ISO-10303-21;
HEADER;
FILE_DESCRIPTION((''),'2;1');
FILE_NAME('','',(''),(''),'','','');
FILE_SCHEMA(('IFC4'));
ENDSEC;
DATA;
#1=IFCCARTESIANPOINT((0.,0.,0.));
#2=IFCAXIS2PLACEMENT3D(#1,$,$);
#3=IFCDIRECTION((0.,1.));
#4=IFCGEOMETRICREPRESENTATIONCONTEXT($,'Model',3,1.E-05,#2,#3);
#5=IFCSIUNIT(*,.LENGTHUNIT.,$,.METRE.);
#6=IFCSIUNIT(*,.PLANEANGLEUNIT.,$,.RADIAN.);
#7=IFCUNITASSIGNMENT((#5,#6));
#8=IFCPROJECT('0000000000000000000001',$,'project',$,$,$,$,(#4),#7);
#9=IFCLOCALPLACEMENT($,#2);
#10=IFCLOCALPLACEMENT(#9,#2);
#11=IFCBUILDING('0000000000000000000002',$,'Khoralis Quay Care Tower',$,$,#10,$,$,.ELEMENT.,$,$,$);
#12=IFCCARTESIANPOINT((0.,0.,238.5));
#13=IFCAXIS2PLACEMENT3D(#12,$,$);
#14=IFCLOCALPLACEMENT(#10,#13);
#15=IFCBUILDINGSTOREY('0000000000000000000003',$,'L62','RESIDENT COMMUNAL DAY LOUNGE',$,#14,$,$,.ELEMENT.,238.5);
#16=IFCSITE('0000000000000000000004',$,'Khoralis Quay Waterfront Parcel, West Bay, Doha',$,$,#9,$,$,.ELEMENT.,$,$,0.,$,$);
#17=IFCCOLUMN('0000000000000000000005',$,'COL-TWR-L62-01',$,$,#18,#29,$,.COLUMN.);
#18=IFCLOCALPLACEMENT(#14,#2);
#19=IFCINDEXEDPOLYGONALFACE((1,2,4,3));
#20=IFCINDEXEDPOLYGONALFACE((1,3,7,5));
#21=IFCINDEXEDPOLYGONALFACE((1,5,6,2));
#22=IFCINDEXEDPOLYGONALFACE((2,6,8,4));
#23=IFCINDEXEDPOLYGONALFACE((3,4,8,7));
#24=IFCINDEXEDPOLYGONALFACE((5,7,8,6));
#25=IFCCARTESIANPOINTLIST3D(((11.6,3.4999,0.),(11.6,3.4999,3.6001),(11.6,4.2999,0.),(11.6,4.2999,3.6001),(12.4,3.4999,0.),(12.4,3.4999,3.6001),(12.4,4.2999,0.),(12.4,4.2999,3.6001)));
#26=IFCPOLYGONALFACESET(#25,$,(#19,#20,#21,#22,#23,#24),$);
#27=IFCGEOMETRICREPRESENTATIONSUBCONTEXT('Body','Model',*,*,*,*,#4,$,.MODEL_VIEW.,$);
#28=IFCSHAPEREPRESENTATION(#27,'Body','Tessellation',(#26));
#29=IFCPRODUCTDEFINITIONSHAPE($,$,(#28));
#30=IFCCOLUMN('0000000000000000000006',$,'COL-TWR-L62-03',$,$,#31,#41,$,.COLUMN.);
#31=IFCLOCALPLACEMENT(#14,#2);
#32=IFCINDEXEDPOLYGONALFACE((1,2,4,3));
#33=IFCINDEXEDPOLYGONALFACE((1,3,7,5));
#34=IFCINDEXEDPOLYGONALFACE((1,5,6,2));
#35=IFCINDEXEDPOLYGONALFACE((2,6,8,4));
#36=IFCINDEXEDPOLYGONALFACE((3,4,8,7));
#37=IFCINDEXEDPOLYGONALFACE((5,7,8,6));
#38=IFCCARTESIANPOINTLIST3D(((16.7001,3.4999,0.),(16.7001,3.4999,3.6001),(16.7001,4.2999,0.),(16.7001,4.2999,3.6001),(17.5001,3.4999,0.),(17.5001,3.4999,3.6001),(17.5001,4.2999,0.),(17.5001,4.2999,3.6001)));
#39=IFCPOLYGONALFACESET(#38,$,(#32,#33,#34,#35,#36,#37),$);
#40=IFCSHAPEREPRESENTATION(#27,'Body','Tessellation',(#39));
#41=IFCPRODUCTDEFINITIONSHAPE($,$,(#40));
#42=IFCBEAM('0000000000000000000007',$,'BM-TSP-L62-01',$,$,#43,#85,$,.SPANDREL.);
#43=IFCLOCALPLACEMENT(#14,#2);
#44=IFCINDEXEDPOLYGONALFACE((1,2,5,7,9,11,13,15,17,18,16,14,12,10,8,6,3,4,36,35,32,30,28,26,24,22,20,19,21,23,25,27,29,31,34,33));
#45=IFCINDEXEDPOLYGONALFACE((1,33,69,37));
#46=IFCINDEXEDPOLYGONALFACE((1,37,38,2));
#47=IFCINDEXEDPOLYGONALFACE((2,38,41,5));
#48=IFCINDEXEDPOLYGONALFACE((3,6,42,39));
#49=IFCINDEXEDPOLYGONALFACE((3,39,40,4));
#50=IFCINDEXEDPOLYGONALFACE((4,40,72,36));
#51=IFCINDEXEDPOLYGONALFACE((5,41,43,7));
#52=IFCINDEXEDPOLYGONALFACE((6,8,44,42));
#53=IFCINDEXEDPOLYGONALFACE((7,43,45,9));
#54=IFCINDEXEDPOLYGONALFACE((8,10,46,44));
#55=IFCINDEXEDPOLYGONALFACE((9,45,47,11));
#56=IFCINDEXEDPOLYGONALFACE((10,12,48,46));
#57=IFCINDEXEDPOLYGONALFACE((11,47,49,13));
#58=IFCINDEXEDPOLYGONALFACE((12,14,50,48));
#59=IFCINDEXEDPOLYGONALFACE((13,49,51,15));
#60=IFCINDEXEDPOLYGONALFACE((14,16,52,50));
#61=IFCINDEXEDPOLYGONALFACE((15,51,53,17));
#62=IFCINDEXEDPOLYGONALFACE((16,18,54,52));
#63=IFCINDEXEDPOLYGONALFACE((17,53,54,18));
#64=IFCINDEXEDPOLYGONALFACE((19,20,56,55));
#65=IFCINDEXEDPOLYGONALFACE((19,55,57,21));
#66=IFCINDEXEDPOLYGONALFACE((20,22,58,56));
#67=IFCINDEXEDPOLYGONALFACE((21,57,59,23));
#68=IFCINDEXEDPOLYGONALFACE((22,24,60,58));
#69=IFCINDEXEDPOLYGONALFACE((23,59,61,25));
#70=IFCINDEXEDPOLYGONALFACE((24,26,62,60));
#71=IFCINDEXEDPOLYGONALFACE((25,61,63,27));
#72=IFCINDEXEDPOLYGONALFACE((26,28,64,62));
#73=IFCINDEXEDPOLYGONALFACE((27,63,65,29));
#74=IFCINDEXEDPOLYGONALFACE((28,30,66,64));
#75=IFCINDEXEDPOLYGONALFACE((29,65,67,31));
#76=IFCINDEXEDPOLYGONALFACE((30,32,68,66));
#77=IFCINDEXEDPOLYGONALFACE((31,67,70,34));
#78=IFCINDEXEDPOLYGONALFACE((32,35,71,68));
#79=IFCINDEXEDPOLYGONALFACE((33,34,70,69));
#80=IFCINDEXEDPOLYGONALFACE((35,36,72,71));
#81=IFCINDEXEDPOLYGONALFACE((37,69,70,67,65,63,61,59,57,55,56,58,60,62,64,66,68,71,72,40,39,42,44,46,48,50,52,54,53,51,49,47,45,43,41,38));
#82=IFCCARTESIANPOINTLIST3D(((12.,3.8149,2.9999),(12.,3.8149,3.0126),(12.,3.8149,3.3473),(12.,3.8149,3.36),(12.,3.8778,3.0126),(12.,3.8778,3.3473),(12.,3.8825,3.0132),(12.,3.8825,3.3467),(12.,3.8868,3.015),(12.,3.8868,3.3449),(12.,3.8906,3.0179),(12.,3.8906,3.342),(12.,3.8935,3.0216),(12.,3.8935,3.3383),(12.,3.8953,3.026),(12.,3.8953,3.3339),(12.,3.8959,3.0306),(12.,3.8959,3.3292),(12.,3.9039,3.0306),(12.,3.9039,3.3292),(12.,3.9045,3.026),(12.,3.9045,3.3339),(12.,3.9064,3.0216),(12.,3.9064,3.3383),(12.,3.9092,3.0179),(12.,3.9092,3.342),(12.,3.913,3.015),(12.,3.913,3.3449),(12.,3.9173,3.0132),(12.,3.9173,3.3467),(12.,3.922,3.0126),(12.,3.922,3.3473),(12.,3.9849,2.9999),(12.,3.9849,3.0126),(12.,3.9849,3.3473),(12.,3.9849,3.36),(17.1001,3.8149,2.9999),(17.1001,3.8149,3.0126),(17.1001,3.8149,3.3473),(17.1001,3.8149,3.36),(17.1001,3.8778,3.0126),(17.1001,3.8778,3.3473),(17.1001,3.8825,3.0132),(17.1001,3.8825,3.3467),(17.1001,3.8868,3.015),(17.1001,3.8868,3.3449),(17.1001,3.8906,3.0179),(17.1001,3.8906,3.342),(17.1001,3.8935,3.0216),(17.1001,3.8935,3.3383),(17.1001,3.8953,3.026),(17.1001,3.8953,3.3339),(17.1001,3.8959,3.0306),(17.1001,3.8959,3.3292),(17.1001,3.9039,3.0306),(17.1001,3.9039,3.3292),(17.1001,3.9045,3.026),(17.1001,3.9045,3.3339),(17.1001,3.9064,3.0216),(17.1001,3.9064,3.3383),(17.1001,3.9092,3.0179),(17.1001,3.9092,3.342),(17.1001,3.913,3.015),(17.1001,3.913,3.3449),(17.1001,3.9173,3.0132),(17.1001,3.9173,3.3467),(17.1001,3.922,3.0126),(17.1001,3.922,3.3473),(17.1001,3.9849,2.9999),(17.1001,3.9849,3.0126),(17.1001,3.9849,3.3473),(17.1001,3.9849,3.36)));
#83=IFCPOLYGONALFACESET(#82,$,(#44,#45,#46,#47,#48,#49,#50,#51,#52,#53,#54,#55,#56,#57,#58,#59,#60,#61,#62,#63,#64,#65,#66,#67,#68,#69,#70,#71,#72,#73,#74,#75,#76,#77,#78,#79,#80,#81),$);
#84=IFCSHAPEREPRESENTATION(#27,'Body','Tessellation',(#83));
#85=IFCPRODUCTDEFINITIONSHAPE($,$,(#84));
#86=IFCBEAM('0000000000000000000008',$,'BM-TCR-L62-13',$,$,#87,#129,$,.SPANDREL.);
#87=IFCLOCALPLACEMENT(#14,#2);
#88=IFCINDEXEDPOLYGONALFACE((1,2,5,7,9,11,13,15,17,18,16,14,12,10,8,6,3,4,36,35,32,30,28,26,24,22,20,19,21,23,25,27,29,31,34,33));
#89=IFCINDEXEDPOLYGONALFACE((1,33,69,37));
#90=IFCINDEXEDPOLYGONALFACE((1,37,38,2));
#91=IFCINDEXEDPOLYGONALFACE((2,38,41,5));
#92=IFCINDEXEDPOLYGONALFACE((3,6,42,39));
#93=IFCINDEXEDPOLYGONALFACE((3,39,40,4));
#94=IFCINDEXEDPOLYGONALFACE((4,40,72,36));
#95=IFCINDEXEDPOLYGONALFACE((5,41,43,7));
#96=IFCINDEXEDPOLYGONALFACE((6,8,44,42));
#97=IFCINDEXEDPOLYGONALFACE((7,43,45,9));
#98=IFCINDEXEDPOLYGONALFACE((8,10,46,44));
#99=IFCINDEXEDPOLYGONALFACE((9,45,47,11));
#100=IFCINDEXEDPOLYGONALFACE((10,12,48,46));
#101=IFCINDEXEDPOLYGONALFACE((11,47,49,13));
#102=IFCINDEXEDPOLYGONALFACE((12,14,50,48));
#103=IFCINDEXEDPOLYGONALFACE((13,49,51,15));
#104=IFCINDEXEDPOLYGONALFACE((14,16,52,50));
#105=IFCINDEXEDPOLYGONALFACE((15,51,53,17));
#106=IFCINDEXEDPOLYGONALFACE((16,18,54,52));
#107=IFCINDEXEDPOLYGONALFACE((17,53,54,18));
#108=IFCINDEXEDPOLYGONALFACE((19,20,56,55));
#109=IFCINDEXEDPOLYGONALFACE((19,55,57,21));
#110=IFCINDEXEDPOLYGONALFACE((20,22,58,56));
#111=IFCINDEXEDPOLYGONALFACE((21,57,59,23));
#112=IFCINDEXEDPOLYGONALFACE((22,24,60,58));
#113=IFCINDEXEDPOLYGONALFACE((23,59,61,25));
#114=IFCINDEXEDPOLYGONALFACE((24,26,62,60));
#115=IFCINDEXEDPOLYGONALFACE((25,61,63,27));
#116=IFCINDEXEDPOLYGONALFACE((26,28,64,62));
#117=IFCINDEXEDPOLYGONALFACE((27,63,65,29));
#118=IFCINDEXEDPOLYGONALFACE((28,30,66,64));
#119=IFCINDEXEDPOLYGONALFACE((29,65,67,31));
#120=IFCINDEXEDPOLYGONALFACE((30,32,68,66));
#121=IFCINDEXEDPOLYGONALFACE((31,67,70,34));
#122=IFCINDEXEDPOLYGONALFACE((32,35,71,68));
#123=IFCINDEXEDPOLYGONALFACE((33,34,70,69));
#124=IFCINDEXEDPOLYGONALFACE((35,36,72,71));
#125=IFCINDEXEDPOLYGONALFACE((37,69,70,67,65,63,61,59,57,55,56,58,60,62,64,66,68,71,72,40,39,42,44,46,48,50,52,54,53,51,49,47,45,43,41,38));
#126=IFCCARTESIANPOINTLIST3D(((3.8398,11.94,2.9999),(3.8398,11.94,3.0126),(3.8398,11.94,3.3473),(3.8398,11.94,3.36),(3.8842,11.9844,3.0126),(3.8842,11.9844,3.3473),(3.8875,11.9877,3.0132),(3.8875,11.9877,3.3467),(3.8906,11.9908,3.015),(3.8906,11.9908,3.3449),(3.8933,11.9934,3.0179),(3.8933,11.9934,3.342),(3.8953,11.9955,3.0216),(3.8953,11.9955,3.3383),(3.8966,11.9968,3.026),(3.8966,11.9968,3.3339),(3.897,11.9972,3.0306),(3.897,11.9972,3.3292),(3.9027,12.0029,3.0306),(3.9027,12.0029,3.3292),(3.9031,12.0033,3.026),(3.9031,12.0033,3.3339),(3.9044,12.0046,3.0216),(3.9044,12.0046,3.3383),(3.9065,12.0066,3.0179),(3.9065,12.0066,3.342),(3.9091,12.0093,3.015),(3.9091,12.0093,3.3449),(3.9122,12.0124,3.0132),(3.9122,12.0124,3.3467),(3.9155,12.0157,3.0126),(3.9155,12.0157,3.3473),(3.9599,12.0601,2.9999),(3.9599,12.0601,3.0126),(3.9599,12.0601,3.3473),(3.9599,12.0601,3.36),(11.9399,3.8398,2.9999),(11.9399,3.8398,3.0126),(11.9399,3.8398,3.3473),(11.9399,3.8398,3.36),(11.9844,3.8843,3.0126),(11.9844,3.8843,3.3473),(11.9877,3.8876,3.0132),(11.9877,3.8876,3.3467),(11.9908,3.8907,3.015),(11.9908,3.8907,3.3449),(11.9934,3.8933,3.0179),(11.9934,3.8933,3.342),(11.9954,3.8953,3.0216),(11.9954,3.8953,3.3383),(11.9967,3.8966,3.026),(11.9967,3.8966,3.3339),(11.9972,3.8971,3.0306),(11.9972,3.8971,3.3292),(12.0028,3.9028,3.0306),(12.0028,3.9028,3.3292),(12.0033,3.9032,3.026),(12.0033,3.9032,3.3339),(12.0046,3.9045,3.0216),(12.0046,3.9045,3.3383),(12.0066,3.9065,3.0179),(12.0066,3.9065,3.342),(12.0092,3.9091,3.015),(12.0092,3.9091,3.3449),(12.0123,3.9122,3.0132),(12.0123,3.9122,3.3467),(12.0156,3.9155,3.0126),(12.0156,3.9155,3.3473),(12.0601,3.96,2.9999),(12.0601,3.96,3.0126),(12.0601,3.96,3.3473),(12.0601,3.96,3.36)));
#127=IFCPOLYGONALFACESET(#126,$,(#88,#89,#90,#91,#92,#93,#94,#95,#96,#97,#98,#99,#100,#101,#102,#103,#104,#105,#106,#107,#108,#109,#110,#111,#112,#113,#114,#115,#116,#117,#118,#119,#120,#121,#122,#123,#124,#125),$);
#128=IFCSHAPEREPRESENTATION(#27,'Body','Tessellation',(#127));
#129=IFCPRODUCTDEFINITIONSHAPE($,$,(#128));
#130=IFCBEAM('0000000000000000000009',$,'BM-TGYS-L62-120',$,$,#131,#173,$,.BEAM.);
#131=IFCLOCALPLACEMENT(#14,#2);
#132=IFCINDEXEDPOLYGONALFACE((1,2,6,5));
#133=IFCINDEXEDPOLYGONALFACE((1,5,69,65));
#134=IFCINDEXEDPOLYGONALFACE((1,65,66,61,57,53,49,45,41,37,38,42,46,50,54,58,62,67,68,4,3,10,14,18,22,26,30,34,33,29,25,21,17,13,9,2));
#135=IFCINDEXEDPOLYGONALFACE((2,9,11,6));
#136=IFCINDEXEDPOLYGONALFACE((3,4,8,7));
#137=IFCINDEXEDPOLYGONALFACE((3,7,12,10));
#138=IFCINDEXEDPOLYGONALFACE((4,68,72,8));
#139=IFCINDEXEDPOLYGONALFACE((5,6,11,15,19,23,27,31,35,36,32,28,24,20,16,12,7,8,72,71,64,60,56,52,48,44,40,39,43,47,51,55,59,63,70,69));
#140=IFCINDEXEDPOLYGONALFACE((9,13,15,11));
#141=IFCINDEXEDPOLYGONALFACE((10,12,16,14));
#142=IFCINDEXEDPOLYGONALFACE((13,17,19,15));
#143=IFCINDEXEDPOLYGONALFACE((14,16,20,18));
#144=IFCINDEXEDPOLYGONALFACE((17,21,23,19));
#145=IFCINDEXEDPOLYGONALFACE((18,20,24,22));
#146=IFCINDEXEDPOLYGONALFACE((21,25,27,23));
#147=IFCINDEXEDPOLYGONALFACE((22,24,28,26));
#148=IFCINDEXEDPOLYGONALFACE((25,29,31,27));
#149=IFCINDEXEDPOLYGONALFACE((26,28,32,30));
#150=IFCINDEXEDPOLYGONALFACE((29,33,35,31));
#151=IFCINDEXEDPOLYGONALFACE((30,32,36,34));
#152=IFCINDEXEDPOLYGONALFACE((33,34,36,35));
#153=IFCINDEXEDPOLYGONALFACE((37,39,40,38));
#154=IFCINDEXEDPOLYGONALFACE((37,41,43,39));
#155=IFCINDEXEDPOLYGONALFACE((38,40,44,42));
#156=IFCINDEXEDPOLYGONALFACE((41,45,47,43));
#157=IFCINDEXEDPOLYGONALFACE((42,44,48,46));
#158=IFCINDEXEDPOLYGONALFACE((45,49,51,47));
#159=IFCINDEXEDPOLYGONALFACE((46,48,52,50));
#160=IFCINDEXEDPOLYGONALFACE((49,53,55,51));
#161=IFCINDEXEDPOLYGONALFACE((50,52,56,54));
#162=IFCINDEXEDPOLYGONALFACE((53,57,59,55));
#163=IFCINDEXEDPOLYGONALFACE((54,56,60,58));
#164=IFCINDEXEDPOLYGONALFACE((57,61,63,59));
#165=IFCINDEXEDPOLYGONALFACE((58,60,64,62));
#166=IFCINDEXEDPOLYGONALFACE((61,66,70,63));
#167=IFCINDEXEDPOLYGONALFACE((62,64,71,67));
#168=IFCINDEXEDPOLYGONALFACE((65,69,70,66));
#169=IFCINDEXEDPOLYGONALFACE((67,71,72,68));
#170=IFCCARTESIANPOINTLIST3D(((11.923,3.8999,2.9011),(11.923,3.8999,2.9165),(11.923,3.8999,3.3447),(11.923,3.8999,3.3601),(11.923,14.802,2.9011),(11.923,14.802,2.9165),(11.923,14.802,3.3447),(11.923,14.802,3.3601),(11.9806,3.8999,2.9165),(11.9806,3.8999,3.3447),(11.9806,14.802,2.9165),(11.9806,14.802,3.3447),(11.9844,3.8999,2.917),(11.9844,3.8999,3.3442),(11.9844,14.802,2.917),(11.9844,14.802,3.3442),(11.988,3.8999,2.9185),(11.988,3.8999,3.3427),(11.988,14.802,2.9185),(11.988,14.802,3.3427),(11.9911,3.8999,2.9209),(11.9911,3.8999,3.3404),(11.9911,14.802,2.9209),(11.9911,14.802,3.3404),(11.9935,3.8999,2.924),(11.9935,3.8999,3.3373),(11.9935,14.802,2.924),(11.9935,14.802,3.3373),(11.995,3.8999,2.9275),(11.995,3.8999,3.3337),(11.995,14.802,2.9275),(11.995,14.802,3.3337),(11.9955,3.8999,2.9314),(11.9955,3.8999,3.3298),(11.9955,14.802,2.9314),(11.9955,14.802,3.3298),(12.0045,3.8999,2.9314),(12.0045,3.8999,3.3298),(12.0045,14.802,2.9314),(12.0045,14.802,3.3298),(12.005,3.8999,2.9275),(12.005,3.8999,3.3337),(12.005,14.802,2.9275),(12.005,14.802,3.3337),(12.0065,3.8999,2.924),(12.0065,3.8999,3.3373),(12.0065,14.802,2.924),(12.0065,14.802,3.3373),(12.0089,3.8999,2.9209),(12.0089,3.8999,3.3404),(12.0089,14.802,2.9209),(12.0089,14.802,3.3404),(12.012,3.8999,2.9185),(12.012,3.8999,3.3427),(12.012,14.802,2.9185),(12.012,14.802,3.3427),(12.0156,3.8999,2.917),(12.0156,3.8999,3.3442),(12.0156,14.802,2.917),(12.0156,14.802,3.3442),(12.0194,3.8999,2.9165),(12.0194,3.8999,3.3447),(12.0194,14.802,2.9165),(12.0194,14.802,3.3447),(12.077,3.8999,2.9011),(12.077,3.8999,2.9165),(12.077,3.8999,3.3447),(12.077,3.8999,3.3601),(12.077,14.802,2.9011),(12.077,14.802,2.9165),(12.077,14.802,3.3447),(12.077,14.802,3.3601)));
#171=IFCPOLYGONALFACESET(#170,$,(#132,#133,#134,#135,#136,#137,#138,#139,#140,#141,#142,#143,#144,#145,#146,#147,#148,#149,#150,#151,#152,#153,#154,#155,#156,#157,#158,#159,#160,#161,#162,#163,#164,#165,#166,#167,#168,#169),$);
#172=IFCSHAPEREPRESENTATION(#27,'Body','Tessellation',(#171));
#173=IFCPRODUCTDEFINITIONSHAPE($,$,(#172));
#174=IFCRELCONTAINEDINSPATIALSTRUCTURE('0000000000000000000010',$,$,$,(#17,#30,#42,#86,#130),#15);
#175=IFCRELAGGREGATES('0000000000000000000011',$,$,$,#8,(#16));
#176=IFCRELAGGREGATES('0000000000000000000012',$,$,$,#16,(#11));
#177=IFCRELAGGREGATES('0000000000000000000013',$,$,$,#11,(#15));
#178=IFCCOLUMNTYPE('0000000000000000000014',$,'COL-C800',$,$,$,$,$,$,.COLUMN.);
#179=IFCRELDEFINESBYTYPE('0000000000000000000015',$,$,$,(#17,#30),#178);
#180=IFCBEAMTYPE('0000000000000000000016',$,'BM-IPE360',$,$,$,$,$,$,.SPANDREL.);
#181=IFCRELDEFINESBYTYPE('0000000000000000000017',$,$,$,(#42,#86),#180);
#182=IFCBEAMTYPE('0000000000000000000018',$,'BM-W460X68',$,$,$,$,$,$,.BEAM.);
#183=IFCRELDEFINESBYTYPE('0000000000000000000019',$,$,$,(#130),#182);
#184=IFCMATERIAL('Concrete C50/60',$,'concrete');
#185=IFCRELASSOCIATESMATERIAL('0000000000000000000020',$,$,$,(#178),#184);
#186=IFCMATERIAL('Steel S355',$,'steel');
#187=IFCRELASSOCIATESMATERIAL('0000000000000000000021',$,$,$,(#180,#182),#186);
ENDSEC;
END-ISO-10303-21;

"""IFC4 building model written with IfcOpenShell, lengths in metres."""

from ifc_helpers import new_model, si_unit, direction, frame, origin, origin_2d, place, context, subcontext, project, spatial, rectangle, i_section, extrude, source, transform, mapped, material, material_profile, profile_set, type_object, element, save


model = new_model("IFC4")

# Units and contexts
model_context = context("Model", 3, precision=1e-05, world=origin(), true_north=direction((0.0, 1.0)))
body_context = subcontext(model_context, "Body", "Model", "MODEL_VIEW")
ifc_project = project(units=[si_unit("LENGTHUNIT", "METRE"), si_unit("PLANEANGLEUNIT", "RADIAN")], contexts=[model_context])

# Site, building, storey
site_placement = place(None, origin())
site = spatial("IfcSite", under=ifc_project, at=site_placement, Name="Khoralis Quay Waterfront Parcel, West Bay, Doha", CompositionType="ELEMENT", RefElevation=0.0)
building_placement = place(site_placement, origin())
building = spatial("IfcBuilding", under=site, at=building_placement, Name="Khoralis Quay Care Tower", CompositionType="ELEMENT")
storey_placement = place(building_placement, frame((0.0, 0.0, 238.5)))
storey = spatial("IfcBuildingStorey", under=building, at=storey_placement, Name="L62", Description="RESIDENT COMMUNAL DAY LOUNGE", CompositionType="ELEMENT", Elevation=238.5)

# Columns
ifc_material_1 = material(Name="Concrete C50/60", Category="concrete")
ifc_material_profile_1 = material_profile(ifc_material_1, rectangle(XDim=0.8, YDim=0.8, at=origin_2d()), Name="Concrete C50/60")
ifc_profile_set_1 = profile_set([ifc_material_profile_1], Name="Concrete C50/60")
column_type = type_object("IfcColumnType", Name="COL-C800", PredefinedType="COLUMN", material=ifc_profile_set_1)
shared_shape_1 = source(origin(), body_context, "Body", "SweptSolid", [
    extrude(rectangle(XDim=0.8, YDim=0.8, at=origin_2d()), origin(), (0.0, 0.0, 1.0), 3.6001),
])
for number, where, z_axis, x_axis, name in (
    (1, (12.0, 3.8999, 0.0), (0.0, 0.0, 1.0), (1.0, 0.0, 0.0), "COL-TWR-L62-01"),
    (2, (17.1001, 3.8999, 0.0), (0.0, 0.0, 1.0), (1.0, 0.0, 0.0), "COL-TWR-L62-03"),
):
    element("IfcColumn", number, at=place(storey_placement, frame(where, z_axis=z_axis, x_axis=x_axis)), inside=storey, type_object=column_type, Name=name, PredefinedType="COLUMN", context=body_context, shape_type="MappedRepresentation", body=[
        mapped(shared_shape_1, transform((0.0, 0.0, 0.0), scale=1.0)),
    ])

# Beams
ifc_material_2 = material(Name="Steel S355", Category="steel")
ifc_material_profile_2 = material_profile(ifc_material_2, i_section(OverallWidth=0.1699, OverallDepth=0.3601, WebThickness=0.0081, FlangeThickness=0.0127, FilletRadius=0.0181, at=origin_2d()), Name="Steel S355")
ifc_profile_set_2 = profile_set([ifc_material_profile_2], Name="Steel S355")
beam_type_1 = type_object("IfcBeamType", Name="BM-IPE360", PredefinedType="SPANDREL", material=ifc_profile_set_2)
shared_shape_2 = source(origin(), body_context, "Body", "SweptSolid", [
    extrude(i_section(OverallWidth=0.1699, OverallDepth=0.3601, WebThickness=0.0081, FlangeThickness=0.0127, FilletRadius=0.0181, at=origin_2d()), origin(), (0.0, 0.0, 1.0), 5.1001),
])
beam_1_placement = place(storey_placement, frame((12.0, 3.8999, 3.1799), z_axis=(1.0, 0.0, 0.0), x_axis=(0.0, 1.0, 0.0)))
element("IfcBeam", 3, at=beam_1_placement, inside=storey, type_object=beam_type_1, Name="BM-TSP-L62-01", PredefinedType="SPANDREL", context=body_context, shape_type="MappedRepresentation", body=[
    mapped(shared_shape_2, transform((0.0, 0.0, 0.0), scale=1.0)),
])
shared_shape_3 = source(origin(), body_context, "Body", "SweptSolid", [
    extrude(i_section(OverallWidth=0.1699, OverallDepth=0.3601, WebThickness=0.0081, FlangeThickness=0.0127, FilletRadius=0.0181, at=origin_2d()), origin(), (0.0, 0.0, 1.0), 11.4553),
])
beam_2_placement = place(storey_placement, frame((12.0, 3.8999, 3.1799), z_axis=(-0.707107, 0.707107, 0.0), x_axis=(-0.707107, -0.707107, 0.0)))
element("IfcBeam", 4, at=beam_2_placement, inside=storey, type_object=beam_type_1, Name="BM-TCR-L62-13", PredefinedType="SPANDREL", context=body_context, shape_type="MappedRepresentation", body=[
    mapped(shared_shape_3, transform((0.0, 0.0, 0.0), scale=1.0)),
])
ifc_material_profile_3 = material_profile(ifc_material_2, i_section(OverallWidth=0.1541, OverallDepth=0.459, WebThickness=0.009, FlangeThickness=0.0154, FilletRadius=0.0149, at=origin_2d()), Name="Steel S355")
ifc_profile_set_3 = profile_set([ifc_material_profile_3], Name="Steel S355")
beam_type_2 = type_object("IfcBeamType", Name="BM-W460X68", PredefinedType="BEAM", material=ifc_profile_set_3)
shared_shape_4 = source(origin(), body_context, "Body", "SweptSolid", [
    extrude(i_section(OverallWidth=0.1541, OverallDepth=0.459, WebThickness=0.009, FlangeThickness=0.0154, FilletRadius=0.0149, at=origin_2d()), origin(), (0.0, 0.0, 1.0), 10.9021),
])
beam_3_placement = place(storey_placement, frame((12.0, 3.8999, 3.1306), z_axis=(0.0, 1.0, 0.0), x_axis=(-1.0, 0.0, 0.0)))
element("IfcBeam", 5, at=beam_3_placement, inside=storey, type_object=beam_type_2, Name="BM-TGYS-L62-120", PredefinedType="BEAM", context=body_context, shape_type="MappedRepresentation", body=[
    mapped(shared_shape_4, transform((0.0, 0.0, 0.0), scale=1.0)),
])

save(model, "model.ifc")
